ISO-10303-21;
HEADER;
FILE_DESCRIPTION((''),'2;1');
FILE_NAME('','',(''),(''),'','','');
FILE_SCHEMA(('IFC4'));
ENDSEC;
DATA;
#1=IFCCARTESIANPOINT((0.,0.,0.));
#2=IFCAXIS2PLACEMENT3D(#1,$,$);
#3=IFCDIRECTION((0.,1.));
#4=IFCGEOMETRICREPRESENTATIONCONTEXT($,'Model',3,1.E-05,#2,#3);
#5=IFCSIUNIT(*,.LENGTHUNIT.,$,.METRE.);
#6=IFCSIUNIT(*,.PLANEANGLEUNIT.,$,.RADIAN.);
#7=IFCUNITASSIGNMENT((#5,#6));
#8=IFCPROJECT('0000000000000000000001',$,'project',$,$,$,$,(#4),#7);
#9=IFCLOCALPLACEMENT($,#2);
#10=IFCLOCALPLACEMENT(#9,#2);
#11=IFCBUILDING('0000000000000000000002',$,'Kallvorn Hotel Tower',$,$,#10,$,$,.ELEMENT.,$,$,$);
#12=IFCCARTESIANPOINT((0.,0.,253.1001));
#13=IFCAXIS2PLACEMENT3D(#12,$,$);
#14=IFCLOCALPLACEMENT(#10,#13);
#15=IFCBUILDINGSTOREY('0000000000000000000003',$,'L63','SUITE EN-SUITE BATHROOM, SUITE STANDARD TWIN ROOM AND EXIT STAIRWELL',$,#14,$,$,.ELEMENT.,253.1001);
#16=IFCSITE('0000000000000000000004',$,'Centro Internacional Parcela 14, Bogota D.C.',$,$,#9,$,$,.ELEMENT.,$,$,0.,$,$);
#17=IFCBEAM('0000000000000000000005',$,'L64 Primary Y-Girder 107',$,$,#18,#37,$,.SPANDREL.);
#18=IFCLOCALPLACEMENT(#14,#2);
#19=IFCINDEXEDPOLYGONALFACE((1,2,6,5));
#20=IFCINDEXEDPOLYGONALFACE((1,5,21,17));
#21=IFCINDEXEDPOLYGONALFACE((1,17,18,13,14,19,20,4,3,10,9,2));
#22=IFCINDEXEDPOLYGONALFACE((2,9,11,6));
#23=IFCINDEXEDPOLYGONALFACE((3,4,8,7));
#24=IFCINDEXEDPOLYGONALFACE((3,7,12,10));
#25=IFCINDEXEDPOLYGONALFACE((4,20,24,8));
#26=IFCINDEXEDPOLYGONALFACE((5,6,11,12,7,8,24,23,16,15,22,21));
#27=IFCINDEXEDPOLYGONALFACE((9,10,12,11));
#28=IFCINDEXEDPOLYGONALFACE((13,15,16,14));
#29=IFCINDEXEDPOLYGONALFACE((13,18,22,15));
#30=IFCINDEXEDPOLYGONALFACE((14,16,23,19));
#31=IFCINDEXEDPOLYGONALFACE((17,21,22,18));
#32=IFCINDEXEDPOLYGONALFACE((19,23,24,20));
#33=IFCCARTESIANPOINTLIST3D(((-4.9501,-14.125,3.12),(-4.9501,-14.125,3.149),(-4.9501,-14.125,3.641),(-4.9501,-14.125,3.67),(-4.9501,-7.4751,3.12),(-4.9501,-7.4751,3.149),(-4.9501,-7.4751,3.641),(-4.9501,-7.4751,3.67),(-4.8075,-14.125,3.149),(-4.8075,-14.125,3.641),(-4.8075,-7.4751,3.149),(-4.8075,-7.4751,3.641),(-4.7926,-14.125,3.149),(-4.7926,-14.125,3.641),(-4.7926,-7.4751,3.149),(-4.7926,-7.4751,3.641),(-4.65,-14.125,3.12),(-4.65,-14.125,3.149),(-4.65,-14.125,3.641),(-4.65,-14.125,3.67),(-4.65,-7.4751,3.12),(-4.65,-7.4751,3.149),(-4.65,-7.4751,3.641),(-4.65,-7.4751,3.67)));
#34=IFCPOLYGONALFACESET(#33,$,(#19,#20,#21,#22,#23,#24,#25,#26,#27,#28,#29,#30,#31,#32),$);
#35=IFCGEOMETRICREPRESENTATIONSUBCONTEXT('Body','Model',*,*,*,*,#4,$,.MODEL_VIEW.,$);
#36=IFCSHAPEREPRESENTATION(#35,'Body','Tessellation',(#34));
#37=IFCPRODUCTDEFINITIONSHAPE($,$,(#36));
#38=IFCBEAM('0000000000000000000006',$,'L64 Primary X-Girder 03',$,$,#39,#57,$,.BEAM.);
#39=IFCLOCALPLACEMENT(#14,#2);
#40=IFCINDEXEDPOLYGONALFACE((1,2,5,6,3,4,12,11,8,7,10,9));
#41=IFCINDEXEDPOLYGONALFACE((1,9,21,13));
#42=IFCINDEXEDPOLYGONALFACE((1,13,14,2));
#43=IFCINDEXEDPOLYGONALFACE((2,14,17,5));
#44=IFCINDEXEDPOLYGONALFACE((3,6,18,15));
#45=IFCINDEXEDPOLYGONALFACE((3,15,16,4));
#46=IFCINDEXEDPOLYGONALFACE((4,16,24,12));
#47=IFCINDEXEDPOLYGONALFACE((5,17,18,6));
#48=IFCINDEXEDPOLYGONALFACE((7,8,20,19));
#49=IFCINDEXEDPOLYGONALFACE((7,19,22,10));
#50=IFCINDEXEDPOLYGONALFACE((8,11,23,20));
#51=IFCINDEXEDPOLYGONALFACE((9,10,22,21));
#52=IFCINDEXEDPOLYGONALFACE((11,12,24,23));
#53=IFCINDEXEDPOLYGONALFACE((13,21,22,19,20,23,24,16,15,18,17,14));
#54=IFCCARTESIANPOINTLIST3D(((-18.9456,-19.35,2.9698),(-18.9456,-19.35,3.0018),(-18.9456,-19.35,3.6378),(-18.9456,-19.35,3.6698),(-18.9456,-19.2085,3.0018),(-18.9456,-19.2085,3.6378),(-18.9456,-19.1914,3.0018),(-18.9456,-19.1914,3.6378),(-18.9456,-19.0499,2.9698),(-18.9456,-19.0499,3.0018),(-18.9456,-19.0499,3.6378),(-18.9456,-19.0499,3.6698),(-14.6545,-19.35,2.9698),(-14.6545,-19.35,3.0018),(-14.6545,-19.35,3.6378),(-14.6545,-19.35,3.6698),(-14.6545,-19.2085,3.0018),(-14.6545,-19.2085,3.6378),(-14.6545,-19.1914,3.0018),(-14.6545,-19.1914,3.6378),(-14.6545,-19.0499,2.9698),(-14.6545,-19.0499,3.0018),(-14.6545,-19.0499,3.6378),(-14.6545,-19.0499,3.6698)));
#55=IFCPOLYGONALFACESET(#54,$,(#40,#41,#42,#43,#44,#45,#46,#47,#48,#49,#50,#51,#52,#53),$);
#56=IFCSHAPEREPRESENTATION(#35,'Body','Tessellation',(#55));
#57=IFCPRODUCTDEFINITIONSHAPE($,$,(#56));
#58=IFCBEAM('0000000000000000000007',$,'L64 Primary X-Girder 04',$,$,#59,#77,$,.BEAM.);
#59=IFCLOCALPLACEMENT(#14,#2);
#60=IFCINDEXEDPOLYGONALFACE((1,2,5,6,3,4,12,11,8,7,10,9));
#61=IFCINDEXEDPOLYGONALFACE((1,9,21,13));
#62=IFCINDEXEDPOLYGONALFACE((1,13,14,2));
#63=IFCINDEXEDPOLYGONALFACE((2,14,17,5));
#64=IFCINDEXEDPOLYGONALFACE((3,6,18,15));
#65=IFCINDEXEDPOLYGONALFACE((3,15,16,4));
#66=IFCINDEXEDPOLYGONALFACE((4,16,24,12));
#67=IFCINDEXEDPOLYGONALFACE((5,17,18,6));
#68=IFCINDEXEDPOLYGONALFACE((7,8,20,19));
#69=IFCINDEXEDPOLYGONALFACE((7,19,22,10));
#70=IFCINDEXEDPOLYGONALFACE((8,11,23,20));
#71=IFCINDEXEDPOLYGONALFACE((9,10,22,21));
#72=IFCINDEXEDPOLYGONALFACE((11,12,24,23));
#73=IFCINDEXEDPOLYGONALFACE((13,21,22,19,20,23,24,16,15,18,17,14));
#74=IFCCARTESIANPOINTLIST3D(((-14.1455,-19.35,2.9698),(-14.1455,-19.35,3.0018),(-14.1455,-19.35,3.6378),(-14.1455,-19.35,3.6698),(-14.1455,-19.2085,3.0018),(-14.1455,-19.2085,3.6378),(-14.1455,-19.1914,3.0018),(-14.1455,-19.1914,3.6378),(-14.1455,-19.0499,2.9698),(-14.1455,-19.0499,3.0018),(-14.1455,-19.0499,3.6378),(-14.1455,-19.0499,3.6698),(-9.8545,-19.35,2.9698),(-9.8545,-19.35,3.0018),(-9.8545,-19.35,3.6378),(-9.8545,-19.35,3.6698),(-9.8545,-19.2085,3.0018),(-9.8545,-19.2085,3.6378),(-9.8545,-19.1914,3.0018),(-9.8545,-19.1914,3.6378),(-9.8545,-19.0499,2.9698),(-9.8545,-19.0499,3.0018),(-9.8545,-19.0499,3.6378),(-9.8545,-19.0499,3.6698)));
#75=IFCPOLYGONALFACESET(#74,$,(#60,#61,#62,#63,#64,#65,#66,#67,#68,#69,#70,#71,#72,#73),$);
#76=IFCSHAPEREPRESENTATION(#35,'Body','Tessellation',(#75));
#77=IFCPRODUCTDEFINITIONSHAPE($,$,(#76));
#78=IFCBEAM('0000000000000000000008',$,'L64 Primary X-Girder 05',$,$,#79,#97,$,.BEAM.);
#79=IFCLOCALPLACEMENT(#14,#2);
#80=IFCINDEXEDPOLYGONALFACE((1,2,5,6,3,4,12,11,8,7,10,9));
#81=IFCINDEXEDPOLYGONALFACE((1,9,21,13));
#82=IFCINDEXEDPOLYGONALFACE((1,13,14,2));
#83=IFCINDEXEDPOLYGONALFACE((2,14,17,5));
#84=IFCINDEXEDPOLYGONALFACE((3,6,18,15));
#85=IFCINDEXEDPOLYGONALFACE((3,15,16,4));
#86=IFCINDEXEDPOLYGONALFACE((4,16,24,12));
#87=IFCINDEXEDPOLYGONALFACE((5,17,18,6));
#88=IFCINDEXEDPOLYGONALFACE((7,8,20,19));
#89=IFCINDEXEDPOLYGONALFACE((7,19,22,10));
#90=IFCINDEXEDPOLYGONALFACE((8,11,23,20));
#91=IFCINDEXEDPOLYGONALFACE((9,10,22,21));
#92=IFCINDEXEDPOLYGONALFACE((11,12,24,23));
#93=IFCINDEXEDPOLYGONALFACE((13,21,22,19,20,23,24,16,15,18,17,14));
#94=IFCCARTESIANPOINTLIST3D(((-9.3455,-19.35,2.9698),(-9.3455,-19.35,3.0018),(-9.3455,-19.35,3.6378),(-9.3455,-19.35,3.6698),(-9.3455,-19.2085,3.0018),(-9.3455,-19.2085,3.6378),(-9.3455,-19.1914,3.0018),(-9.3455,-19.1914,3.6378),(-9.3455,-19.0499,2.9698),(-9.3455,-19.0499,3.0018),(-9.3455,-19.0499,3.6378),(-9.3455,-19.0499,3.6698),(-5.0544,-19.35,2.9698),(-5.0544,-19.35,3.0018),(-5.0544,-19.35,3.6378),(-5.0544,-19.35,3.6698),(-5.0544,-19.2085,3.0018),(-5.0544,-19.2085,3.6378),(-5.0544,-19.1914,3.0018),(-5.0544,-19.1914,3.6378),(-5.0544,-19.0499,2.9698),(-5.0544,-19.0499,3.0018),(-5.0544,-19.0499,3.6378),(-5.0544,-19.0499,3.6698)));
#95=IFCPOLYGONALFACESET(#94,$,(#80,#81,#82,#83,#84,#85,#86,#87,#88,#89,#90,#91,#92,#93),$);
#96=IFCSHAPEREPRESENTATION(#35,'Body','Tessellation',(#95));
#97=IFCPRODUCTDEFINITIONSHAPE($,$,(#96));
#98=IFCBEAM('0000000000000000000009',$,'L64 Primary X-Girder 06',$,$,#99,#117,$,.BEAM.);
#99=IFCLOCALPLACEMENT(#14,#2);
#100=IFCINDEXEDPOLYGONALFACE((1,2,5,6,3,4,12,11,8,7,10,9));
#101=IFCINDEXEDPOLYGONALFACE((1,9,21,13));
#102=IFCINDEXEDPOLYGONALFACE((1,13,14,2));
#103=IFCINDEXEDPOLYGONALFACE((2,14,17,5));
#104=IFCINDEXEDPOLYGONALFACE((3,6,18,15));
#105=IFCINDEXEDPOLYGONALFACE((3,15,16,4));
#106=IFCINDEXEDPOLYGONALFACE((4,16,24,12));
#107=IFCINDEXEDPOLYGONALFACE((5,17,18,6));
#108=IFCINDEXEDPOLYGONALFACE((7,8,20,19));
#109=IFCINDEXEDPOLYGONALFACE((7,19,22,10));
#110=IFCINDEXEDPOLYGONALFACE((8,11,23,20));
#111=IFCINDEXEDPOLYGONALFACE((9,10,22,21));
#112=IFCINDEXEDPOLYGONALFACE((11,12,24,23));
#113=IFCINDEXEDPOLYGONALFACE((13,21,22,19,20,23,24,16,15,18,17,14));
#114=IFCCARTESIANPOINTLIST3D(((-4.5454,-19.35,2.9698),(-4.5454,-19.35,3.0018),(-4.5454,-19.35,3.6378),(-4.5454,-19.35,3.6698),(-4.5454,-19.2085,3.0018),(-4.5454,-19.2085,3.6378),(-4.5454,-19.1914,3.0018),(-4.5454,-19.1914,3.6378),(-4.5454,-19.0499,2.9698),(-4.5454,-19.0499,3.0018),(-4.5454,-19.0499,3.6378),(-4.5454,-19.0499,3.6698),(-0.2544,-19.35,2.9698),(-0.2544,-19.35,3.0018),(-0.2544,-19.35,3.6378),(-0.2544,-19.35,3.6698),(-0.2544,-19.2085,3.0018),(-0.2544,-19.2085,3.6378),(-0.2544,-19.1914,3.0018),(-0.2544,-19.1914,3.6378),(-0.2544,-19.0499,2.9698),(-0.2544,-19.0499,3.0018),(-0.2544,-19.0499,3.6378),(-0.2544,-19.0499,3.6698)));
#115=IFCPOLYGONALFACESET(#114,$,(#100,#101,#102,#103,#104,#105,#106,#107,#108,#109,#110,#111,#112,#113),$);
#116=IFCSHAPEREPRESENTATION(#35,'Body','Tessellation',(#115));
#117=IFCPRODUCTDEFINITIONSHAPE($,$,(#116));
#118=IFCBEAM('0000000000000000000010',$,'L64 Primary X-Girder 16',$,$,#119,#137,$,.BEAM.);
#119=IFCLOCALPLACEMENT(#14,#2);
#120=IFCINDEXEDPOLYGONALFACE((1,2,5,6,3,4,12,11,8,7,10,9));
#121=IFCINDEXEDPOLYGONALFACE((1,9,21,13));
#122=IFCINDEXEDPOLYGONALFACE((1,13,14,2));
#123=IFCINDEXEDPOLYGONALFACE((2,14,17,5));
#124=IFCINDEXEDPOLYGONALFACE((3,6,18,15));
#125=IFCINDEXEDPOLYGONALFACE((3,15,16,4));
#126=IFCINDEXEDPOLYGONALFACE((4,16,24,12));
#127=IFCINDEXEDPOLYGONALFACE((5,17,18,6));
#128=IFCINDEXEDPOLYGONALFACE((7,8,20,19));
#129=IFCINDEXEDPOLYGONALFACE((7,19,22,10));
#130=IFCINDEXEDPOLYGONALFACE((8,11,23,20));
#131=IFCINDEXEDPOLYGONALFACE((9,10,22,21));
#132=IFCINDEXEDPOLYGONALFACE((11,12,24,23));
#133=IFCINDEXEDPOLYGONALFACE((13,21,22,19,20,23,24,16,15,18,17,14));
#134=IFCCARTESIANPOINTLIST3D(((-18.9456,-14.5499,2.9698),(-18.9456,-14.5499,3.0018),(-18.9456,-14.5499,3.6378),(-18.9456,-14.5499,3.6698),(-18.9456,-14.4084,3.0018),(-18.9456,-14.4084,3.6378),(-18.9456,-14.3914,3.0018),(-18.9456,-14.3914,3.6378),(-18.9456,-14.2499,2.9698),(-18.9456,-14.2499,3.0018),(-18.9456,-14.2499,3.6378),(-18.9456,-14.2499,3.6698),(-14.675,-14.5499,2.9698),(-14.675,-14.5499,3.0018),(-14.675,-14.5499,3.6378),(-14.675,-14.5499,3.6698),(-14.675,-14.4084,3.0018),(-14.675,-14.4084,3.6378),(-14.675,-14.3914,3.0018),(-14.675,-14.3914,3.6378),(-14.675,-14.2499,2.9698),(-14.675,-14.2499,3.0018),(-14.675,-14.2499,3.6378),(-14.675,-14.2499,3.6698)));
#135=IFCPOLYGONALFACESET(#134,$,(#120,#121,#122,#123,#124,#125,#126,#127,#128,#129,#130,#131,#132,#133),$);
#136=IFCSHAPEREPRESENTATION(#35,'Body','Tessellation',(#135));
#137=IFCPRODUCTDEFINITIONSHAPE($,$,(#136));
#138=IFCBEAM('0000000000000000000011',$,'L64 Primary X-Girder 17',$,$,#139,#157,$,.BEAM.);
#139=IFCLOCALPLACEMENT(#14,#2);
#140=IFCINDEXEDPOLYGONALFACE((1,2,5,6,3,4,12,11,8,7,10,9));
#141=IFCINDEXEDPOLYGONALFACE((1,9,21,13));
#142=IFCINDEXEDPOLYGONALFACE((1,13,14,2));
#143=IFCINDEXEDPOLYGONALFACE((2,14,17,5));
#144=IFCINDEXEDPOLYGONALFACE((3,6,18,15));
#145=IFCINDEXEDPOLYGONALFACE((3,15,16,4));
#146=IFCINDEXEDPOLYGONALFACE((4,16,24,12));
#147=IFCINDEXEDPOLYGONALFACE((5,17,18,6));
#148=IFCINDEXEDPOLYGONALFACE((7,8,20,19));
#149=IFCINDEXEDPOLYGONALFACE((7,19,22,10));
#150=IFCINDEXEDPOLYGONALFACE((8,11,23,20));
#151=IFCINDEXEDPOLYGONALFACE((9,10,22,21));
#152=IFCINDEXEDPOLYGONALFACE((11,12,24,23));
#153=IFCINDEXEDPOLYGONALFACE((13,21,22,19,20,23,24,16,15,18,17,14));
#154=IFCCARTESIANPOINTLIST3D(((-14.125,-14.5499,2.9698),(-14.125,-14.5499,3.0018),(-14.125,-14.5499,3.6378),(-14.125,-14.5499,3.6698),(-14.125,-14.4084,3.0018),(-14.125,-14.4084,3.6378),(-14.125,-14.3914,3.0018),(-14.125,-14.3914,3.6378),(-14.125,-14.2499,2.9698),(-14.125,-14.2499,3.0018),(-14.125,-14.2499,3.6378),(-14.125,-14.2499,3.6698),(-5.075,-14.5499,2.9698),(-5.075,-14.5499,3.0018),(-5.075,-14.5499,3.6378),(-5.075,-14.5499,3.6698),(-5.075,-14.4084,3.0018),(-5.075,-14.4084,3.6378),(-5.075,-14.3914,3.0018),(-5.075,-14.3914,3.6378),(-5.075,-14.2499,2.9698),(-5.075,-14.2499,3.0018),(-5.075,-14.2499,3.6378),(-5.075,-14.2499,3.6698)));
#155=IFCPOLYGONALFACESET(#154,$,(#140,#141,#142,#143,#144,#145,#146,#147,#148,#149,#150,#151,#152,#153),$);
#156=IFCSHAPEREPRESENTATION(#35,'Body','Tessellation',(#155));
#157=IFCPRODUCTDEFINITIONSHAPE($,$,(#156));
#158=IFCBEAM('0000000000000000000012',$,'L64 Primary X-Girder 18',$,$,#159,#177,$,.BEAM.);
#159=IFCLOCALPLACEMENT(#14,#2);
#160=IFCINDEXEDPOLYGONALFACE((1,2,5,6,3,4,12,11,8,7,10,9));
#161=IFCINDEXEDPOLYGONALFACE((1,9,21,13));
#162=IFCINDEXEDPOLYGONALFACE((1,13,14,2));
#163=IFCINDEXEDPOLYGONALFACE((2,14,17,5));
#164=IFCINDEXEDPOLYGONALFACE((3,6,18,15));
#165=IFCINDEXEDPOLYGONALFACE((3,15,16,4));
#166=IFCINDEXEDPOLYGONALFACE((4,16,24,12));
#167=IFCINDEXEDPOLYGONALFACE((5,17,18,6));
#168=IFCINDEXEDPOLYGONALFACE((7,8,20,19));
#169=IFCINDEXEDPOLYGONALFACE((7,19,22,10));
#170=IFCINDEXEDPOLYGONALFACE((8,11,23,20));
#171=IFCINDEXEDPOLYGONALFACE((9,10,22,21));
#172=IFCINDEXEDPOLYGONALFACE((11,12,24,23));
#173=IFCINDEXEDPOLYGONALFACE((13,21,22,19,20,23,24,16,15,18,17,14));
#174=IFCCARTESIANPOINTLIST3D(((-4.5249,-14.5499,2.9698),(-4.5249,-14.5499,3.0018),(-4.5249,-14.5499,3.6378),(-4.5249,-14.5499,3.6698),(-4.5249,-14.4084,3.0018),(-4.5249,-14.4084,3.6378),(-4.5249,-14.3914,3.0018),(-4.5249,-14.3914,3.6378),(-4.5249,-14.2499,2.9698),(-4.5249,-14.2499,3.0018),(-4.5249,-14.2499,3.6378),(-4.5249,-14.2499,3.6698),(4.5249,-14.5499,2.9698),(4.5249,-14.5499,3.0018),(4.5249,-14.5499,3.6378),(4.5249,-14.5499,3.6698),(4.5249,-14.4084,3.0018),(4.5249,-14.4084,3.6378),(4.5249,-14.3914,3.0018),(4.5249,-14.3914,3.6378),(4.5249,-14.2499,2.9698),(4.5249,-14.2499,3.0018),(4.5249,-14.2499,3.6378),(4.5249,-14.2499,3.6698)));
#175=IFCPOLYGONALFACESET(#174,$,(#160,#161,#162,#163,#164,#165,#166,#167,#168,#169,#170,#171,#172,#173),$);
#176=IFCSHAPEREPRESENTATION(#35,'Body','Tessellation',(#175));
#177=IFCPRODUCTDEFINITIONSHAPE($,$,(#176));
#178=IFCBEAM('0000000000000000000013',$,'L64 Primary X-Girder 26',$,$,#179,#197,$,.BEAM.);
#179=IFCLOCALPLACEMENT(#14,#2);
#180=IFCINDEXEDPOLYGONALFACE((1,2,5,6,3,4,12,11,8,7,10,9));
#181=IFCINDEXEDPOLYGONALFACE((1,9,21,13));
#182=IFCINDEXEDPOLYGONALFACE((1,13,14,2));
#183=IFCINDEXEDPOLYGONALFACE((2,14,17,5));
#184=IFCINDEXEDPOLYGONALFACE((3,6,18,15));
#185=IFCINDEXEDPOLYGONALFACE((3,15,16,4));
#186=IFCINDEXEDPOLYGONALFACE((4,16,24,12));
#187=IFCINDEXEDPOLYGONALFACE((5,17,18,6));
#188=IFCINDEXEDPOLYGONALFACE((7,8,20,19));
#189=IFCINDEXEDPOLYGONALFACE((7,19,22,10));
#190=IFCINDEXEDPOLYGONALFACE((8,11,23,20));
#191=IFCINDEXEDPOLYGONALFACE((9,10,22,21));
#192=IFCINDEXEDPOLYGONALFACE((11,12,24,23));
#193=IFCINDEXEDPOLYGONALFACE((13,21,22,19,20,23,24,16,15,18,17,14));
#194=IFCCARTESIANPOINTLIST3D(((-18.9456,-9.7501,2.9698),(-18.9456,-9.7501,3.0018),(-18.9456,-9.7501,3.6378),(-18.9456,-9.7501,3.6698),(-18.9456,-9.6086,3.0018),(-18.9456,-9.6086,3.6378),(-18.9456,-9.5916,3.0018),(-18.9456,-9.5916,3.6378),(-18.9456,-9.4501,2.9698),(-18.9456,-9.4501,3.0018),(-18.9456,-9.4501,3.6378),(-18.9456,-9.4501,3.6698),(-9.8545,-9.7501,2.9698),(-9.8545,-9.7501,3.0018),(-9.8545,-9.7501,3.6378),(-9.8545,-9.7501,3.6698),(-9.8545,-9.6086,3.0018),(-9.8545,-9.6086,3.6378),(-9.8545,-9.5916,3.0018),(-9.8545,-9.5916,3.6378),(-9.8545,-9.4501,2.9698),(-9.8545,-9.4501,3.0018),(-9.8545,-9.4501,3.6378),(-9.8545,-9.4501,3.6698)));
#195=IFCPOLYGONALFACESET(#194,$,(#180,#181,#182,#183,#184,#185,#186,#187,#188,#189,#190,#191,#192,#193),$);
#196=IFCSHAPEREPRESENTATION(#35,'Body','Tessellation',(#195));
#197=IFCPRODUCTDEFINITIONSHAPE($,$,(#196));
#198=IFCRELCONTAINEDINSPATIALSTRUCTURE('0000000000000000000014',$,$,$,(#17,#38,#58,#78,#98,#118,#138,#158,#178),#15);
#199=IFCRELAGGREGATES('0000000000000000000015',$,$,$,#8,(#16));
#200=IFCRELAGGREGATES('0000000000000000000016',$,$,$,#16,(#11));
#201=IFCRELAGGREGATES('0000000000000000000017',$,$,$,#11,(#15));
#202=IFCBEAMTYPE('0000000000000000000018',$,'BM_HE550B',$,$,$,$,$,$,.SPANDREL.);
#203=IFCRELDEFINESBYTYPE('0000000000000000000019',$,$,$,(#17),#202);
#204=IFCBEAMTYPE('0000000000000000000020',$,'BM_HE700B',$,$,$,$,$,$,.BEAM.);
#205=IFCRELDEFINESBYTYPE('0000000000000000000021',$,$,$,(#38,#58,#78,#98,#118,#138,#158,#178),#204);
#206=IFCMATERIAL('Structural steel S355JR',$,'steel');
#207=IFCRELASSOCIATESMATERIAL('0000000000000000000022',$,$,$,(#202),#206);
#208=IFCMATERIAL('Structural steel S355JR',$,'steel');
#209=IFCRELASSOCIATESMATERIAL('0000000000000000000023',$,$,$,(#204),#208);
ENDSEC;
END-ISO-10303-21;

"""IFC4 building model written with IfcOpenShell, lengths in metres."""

from ifc_helpers import new_model, si_unit, direction, frame, origin, origin_2d, place, context, subcontext, project, spatial, i_section, extrude, material, material_profile, profile_set, type_object, element, save


model = new_model("IFC4")

# Units and contexts
model_context = context("Model", 3, precision=1e-05, world=origin(), true_north=direction((0.0, 1.0)))
body_context = subcontext(model_context, "Body", "Model", "MODEL_VIEW")
ifc_project = project(units=[si_unit("LENGTHUNIT", "METRE"), si_unit("PLANEANGLEUNIT", "RADIAN")], contexts=[model_context])

# Site, building, storey
site_placement = place(None, origin())
site = spatial("IfcSite", under=ifc_project, at=site_placement, Name="Centro Internacional Parcela 14, Bogota D.C.", CompositionType="ELEMENT", RefElevation=0.0)
building_placement = place(site_placement, origin())
building = spatial("IfcBuilding", under=site, at=building_placement, Name="Kallvorn Hotel Tower", CompositionType="ELEMENT")
storey_placement = place(building_placement, frame((0.0, 0.0, 253.1001)))
storey = spatial("IfcBuildingStorey", under=building, at=storey_placement, Name="L63", Description="SUITE EN-SUITE BATHROOM, SUITE STANDARD TWIN ROOM AND EXIT STAIRWELL", CompositionType="ELEMENT", Elevation=253.1001)

# Beams
ifc_material_1 = material(Name="Structural steel S355JR", Category="steel")
ifc_material_profile_1 = material_profile(ifc_material_1, i_section(OverallWidth=0.3, OverallDepth=0.55, WebThickness=0.0149, FlangeThickness=0.0291, at=origin_2d()), Name="HE 550 B")
ifc_profile_set_1 = profile_set([ifc_material_profile_1], Name="Structural steel S355JR")
beam_type_1 = type_object("IfcBeamType", Name="BM_HE550B", PredefinedType="SPANDREL", material=ifc_profile_set_1)
beam_1_placement = place(storey_placement, frame((-4.8, -14.125, 3.395), z_axis=(0.0, 1.0, 0.0), x_axis=(-1.0, 0.0, 0.0)))
element("IfcBeam", 1, at=beam_1_placement, inside=storey, type_object=beam_type_1, Name="L64 Primary Y-Girder 107", PredefinedType="SPANDREL", context=body_context, shape_type="SweptSolid", body=[
    extrude(i_section(OverallWidth=0.3, OverallDepth=0.55, WebThickness=0.0149, FlangeThickness=0.0291, at=origin_2d()), origin(), (0.0, 0.0, 1.0), 6.6499),
])
ifc_material_2 = material(Name="Structural steel S355JR", Category="steel")
ifc_material_profile_2 = material_profile(ifc_material_2, i_section(OverallWidth=0.3, OverallDepth=0.7, WebThickness=0.0171, FlangeThickness=0.032, at=origin_2d()), Name="HE 700 B")
ifc_profile_set_2 = profile_set([ifc_material_profile_2], Name="Structural steel S355JR")
beam_type_2 = type_object("IfcBeamType", Name="BM_HE700B", PredefinedType="BEAM", material=ifc_profile_set_2)
for number, where, z_axis, x_axis, name in (
    (2, (-18.9456, -19.2, 3.3198), (1.0, 0.0, 0.0), (0.0, 1.0, 0.0), "L64 Primary X-Girder 03"),
    (3, (-14.1455, -19.2, 3.3198), (1.0, 0.0, 0.0), (0.0, 1.0, 0.0), "L64 Primary X-Girder 04"),
    (4, (-9.3455, -19.2, 3.3198), (1.0, 0.0, 0.0), (0.0, 1.0, 0.0), "L64 Primary X-Girder 05"),
    (5, (-4.5454, -19.2, 3.3198), (1.0, 0.0, 0.0), (0.0, 1.0, 0.0), "L64 Primary X-Girder 06"),
):
    element("IfcBeam", number, at=place(storey_placement, frame(where, z_axis=z_axis, x_axis=x_axis)), inside=storey, type_object=beam_type_2, Name=name, PredefinedType="BEAM", context=body_context, shape_type="SweptSolid", body=[
        extrude(i_section(OverallWidth=0.3, OverallDepth=0.7, WebThickness=0.0171, FlangeThickness=0.032, at=origin_2d()), origin(), (0.0, 0.0, 1.0), 4.291),
    ])
beam_2_placement = place(storey_placement, frame((-18.9456, -14.3999, 3.3198), z_axis=(1.0, 0.0, 0.0), x_axis=(0.0, 1.0, 0.0)))
element("IfcBeam", 6, at=beam_2_placement, inside=storey, type_object=beam_type_2, Name="L64 Primary X-Girder 16", PredefinedType="BEAM", context=body_context, shape_type="SweptSolid", body=[
    extrude(i_section(OverallWidth=0.3, OverallDepth=0.7, WebThickness=0.0171, FlangeThickness=0.032, at=origin_2d()), origin(), (0.0, 0.0, 1.0), 4.2705),
])
beam_3_placement = place(storey_placement, frame((-14.125, -14.3999, 3.3198), z_axis=(1.0, 0.0, 0.0), x_axis=(0.0, 1.0, 0.0)))
element("IfcBeam", 7, at=beam_3_placement, inside=storey, type_object=beam_type_2, Name="L64 Primary X-Girder 17", PredefinedType="BEAM", context=body_context, shape_type="SweptSolid", body=[
    extrude(i_section(OverallWidth=0.3, OverallDepth=0.7, WebThickness=0.0171, FlangeThickness=0.032, at=origin_2d()), origin(), (0.0, 0.0, 1.0), 9.05),
])
beam_4_placement = place(storey_placement, frame((-4.5249, -14.3999, 3.3198), z_axis=(1.0, 0.0, 0.0), x_axis=(0.0, 1.0, 0.0)))
element("IfcBeam", 8, at=beam_4_placement, inside=storey, type_object=beam_type_2, Name="L64 Primary X-Girder 18", PredefinedType="BEAM", context=body_context, shape_type="SweptSolid", body=[
    extrude(i_section(OverallWidth=0.3, OverallDepth=0.7, WebThickness=0.0171, FlangeThickness=0.032, at=origin_2d()), origin(), (0.0, 0.0, 1.0), 9.0498),
])
for number, where, z_axis, x_axis, name in (
    (9, (-18.9456, -9.6001, 3.3198), (1.0, 0.0, 0.0), (0.0, 1.0, 0.0), "L64 Primary X-Girder 26"),
):
    element("IfcBeam", number, at=place(storey_placement, frame(where, z_axis=z_axis, x_axis=x_axis)), inside=storey, type_object=beam_type_2, Name=name, PredefinedType="BEAM", context=body_context, shape_type="SweptSolid", body=[
        extrude(i_section(OverallWidth=0.3, OverallDepth=0.7, WebThickness=0.0171, FlangeThickness=0.032, at=origin_2d()), origin(), (0.0, 0.0, 1.0), 9.0911),
    ])

save(model, "model.ifc")
